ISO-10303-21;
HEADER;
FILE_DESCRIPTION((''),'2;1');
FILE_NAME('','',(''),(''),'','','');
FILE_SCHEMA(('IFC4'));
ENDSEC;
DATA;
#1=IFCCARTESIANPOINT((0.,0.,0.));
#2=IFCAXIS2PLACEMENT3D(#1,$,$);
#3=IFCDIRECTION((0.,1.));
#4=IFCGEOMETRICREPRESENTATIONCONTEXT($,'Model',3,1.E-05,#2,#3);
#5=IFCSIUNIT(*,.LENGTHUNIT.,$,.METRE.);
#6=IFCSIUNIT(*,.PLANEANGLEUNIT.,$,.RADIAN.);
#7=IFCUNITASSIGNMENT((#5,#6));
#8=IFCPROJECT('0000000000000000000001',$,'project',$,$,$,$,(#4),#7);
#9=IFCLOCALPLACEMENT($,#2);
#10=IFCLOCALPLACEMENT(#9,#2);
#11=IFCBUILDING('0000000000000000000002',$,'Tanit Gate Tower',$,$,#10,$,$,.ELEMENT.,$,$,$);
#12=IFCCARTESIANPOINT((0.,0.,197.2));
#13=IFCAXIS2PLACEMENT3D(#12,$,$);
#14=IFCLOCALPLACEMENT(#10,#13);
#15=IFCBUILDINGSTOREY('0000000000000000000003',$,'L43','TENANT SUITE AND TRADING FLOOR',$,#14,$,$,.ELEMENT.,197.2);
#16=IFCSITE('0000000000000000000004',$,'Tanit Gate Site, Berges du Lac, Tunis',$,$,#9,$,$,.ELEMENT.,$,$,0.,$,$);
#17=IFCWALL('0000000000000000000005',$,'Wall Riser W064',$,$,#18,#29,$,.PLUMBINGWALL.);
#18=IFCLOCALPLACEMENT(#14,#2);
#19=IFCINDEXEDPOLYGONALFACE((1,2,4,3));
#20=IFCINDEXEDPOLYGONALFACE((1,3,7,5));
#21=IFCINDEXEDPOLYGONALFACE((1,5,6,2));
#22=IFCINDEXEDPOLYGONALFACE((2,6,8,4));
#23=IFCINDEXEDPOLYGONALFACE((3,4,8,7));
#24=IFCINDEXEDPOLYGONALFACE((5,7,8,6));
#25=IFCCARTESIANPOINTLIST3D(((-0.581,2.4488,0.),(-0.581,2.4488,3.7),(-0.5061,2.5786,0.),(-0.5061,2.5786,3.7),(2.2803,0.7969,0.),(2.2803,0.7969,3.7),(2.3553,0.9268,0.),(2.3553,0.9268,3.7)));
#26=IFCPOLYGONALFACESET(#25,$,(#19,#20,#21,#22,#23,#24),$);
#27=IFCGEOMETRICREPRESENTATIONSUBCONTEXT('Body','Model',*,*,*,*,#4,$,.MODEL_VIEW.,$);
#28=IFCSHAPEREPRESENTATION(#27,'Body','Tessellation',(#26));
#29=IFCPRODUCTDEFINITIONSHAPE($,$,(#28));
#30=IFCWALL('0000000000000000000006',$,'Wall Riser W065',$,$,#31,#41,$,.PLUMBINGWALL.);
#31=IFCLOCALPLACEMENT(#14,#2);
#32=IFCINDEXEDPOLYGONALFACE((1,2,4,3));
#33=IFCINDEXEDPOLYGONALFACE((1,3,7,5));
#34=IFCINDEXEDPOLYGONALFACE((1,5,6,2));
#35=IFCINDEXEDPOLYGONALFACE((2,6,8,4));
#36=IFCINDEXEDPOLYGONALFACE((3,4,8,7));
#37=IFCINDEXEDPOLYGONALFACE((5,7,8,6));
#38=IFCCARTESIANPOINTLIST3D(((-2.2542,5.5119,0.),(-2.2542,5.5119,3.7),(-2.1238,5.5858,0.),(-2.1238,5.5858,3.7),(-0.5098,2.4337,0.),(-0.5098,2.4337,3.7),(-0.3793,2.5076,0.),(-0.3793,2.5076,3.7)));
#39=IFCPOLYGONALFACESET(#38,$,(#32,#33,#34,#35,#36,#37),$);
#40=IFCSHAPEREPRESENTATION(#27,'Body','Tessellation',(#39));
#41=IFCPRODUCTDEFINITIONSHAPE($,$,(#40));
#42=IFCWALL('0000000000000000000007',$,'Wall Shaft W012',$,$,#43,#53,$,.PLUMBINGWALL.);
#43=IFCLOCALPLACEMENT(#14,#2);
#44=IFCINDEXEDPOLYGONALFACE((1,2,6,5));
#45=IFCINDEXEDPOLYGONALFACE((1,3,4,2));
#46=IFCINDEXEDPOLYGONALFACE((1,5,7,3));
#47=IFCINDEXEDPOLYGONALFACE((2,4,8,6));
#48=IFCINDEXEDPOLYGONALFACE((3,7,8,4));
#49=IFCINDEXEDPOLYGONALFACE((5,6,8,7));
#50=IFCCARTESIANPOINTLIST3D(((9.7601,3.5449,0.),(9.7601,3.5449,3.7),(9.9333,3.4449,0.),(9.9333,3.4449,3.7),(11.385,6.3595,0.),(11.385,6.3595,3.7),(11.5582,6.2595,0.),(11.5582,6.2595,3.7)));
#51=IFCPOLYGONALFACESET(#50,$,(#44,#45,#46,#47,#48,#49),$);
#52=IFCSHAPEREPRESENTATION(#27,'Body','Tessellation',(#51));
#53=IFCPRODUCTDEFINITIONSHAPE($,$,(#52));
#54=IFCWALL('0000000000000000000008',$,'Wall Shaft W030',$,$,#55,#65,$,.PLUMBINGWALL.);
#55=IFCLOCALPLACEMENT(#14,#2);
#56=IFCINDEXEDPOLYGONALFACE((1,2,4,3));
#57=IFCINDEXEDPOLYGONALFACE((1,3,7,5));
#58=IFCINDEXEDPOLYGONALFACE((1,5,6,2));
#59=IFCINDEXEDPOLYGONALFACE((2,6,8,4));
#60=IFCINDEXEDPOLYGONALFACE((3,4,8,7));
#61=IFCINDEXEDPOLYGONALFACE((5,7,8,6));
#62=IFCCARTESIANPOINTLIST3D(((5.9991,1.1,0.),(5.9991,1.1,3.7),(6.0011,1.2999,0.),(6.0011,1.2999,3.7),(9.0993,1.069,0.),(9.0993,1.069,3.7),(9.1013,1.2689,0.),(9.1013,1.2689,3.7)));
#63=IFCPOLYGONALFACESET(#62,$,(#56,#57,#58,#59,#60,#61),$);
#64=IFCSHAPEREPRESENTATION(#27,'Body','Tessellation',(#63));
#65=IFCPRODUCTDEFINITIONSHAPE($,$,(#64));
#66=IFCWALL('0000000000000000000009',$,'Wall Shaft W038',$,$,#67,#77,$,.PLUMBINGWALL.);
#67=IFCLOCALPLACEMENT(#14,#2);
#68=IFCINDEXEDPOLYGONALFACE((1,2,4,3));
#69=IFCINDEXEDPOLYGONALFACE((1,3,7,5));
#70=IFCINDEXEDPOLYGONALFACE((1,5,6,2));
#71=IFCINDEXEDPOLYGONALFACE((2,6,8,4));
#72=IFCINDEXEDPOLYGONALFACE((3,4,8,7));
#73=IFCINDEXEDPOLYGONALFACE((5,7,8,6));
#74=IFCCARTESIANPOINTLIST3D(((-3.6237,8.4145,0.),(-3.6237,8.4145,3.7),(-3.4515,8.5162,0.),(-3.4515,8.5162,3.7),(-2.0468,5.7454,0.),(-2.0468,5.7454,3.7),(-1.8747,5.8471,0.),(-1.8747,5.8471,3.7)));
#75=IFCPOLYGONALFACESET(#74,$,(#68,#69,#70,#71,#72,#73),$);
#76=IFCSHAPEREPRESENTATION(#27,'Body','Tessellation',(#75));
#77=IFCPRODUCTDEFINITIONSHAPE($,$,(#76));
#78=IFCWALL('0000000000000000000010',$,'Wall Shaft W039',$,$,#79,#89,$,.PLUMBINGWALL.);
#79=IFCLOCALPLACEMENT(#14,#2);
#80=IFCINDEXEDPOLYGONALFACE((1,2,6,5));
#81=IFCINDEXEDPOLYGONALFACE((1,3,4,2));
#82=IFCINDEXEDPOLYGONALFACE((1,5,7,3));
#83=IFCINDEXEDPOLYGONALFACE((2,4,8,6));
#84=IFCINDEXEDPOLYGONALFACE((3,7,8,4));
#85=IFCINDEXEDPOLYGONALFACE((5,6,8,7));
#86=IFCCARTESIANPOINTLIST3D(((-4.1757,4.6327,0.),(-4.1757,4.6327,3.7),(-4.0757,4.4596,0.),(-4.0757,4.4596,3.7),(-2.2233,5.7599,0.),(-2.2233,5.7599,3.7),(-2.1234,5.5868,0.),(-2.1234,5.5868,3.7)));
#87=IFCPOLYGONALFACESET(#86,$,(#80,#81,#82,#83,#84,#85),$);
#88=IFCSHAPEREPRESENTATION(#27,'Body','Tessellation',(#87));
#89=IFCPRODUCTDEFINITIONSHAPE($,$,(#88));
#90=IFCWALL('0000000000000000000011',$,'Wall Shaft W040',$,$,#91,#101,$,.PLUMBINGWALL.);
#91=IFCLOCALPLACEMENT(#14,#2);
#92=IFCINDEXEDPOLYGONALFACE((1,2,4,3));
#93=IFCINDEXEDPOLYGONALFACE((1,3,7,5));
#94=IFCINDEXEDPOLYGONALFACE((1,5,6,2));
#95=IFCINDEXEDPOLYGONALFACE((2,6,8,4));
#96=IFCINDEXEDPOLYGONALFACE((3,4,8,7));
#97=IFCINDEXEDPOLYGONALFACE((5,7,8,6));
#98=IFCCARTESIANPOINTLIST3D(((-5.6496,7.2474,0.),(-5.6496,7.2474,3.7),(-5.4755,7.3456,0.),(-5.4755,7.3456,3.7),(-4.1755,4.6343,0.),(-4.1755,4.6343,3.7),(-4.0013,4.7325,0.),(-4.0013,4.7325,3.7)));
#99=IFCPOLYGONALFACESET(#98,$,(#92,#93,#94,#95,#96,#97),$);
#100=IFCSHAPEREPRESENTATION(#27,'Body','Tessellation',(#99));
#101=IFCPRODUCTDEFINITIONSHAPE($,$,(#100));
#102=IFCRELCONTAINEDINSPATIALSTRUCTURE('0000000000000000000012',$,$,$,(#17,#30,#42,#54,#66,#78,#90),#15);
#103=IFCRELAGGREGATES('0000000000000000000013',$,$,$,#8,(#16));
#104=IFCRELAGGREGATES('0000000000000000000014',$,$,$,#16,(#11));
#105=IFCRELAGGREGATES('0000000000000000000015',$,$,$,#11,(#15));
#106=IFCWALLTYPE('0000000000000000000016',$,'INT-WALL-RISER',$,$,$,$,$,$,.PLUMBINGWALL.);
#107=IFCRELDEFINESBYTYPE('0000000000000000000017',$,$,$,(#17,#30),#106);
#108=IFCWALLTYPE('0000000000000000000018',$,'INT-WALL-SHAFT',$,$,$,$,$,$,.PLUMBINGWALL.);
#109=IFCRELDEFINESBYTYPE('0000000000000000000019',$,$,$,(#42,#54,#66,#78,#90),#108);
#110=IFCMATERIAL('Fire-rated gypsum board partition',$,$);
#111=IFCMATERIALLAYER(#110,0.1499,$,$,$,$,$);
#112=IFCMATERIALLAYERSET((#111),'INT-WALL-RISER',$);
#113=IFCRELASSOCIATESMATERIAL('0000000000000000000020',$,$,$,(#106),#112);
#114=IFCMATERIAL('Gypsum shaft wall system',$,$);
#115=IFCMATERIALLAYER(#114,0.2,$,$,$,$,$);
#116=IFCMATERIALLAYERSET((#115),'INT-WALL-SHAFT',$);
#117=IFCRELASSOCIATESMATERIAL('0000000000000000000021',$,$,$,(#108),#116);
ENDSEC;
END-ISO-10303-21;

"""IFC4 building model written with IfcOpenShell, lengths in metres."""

from ifc_helpers import new_model, si_unit, direction, frame, frame_2d, origin, place, context, subcontext, project, spatial, rectangle, extrude, material, layer, layer_set, type_object, element, save


model = new_model("IFC4")

# Units and contexts
model_context = context("Model", 3, precision=1e-05, world=origin(), true_north=direction((0.0, 1.0)))
body_context = subcontext(model_context, "Body", "Model", "MODEL_VIEW")
ifc_project = project(units=[si_unit("LENGTHUNIT", "METRE"), si_unit("PLANEANGLEUNIT", "RADIAN")], contexts=[model_context])

# Site, building, storey
site_placement = place(None, origin())
site = spatial("IfcSite", under=ifc_project, at=site_placement, Name="Tanit Gate Site, Berges du Lac, Tunis", CompositionType="ELEMENT", RefElevation=0.0)
building_placement = place(site_placement, origin())
building = spatial("IfcBuilding", under=site, at=building_placement, Name="Tanit Gate Tower", CompositionType="ELEMENT")
storey_placement = place(building_placement, frame((0.0, 0.0, 197.2)))
storey = spatial("IfcBuildingStorey", under=building, at=storey_placement, Name="L43", Description="TENANT SUITE AND TRADING FLOOR", CompositionType="ELEMENT", Elevation=197.2)

# Shared definitions
ifc_material_1 = material(Name="Fire-rated gypsum board partition")
ifc_layer_1 = layer(ifc_material_1, 0.1499)
ifc_layer_set_1 = layer_set([ifc_layer_1], Name="INT-WALL-RISER")
wall_type_1 = type_object("IfcWallType", Name="INT-WALL-RISER", PredefinedType="PLUMBINGWALL", material=ifc_layer_set_1)

# Walls
wall_1_placement = place(storey_placement, frame((-0.5435, 2.5137, 0.0), z_axis=(0.0, 0.0, 1.0), x_axis=(0.866043, -0.49997, 0.0)))
element("IfcWall", 1, at=wall_1_placement, inside=storey, type_object=wall_type_1, Name="Wall Riser W064", PredefinedType="PLUMBINGWALL", context=body_context, shape_type="SweptSolid", body=[
    extrude(rectangle(XDim=3.304, YDim=0.1499, at=frame_2d((1.6519, 0.0))), origin(), (0.0, 0.0, 1.0), 3.7),
])
wall_2_placement = place(storey_placement, frame((-2.189, 5.5488, 0.0), z_axis=(0.0, 0.0, 1.0), x_axis=(0.493037, -0.870008, 0.0)))
element("IfcWall", 2, at=wall_2_placement, inside=storey, type_object=wall_type_1, Name="Wall Riser W065", PredefinedType="PLUMBINGWALL", context=body_context, shape_type="SweptSolid", body=[
    extrude(rectangle(XDim=3.5381, YDim=0.1499, at=frame_2d((1.769, 0.0))), origin(), (0.0, 0.0, 1.0), 3.7),
])
ifc_material_2 = material(Name="Gypsum shaft wall system")
ifc_layer_2 = layer(ifc_material_2, 0.2)
ifc_layer_set_2 = layer_set([ifc_layer_2], Name="INT-WALL-SHAFT")
wall_type_2 = type_object("IfcWallType", Name="INT-WALL-SHAFT", PredefinedType="PLUMBINGWALL", material=ifc_layer_set_2)
wall_3_placement = place(storey_placement, frame((9.8467, 3.4949, 0.0), z_axis=(0.0, 0.0, 1.0), x_axis=(0.499985, 0.866034, 0.0)))
element("IfcWall", 3, at=wall_3_placement, inside=storey, type_object=wall_type_2, Name="Wall Shaft W012", PredefinedType="PLUMBINGWALL", context=body_context, shape_type="SweptSolid", body=[
    extrude(rectangle(XDim=3.25, YDim=0.2, at=frame_2d((1.625, 0.0))), origin(), (0.0, 0.0, 1.0), 3.7),
])

# Wall
wall_4_placement = place(storey_placement, frame((6.0, 1.2, 0.0), z_axis=(0.0, 0.0, 1.0), x_axis=(0.99995, -0.010001, 0.0)))
element("IfcWall", 4, at=wall_4_placement, inside=storey, type_object=wall_type_2, Name="Wall Shaft W030", PredefinedType="PLUMBINGWALL", context=body_context, shape_type="SweptSolid", body=[
    extrude(rectangle(XDim=3.1003, YDim=0.2, at=frame_2d((1.5503, 0.0))), origin(), (0.0, 0.0, 1.0), 3.7),
])

# Walls
wall_5_placement = place(storey_placement, frame((-3.5376, 8.4653, 0.0), z_axis=(0.0, 0.0, 1.0), x_axis=(0.508647, -0.860975, 0.0)))
element("IfcWall", 5, at=wall_5_placement, inside=storey, type_object=wall_type_2, Name="Wall Shaft W038", PredefinedType="PLUMBINGWALL", context=body_context, shape_type="SweptSolid", body=[
    extrude(rectangle(XDim=3.1001, YDim=0.2, at=frame_2d((1.55, 0.0))), origin(), (0.0, 0.0, 1.0), 3.7),
])
wall_6_placement = place(storey_placement, frame((-2.1733, 5.6733, 0.0), z_axis=(0.0, 0.0, 1.0), x_axis=(-0.866029, -0.499994, 0.0)))
element("IfcWall", 6, at=wall_6_placement, inside=storey, type_object=wall_type_2, Name="Wall Shaft W039", PredefinedType="PLUMBINGWALL", context=body_context, shape_type="SweptSolid", body=[
    extrude(rectangle(XDim=2.2544, YDim=0.2, at=frame_2d((1.1272, 0.0))), origin(), (0.0, 0.0, 1.0), 3.7),
])
wall_7_placement = place(storey_placement, frame((-5.5625, 7.2964, 0.0), z_axis=(0.0, 0.0, 1.0), x_axis=(0.491347, -0.870964, 0.0)))
element("IfcWall", 7, at=wall_7_placement, inside=storey, type_object=wall_type_2, Name="Wall Shaft W040", PredefinedType="PLUMBINGWALL", context=body_context, shape_type="SweptSolid", body=[
    extrude(rectangle(XDim=3.0002, YDim=0.2, at=frame_2d((1.5, 0.0))), origin(), (0.0, 0.0, 1.0), 3.7),
])

save(model, "model.ifc")
